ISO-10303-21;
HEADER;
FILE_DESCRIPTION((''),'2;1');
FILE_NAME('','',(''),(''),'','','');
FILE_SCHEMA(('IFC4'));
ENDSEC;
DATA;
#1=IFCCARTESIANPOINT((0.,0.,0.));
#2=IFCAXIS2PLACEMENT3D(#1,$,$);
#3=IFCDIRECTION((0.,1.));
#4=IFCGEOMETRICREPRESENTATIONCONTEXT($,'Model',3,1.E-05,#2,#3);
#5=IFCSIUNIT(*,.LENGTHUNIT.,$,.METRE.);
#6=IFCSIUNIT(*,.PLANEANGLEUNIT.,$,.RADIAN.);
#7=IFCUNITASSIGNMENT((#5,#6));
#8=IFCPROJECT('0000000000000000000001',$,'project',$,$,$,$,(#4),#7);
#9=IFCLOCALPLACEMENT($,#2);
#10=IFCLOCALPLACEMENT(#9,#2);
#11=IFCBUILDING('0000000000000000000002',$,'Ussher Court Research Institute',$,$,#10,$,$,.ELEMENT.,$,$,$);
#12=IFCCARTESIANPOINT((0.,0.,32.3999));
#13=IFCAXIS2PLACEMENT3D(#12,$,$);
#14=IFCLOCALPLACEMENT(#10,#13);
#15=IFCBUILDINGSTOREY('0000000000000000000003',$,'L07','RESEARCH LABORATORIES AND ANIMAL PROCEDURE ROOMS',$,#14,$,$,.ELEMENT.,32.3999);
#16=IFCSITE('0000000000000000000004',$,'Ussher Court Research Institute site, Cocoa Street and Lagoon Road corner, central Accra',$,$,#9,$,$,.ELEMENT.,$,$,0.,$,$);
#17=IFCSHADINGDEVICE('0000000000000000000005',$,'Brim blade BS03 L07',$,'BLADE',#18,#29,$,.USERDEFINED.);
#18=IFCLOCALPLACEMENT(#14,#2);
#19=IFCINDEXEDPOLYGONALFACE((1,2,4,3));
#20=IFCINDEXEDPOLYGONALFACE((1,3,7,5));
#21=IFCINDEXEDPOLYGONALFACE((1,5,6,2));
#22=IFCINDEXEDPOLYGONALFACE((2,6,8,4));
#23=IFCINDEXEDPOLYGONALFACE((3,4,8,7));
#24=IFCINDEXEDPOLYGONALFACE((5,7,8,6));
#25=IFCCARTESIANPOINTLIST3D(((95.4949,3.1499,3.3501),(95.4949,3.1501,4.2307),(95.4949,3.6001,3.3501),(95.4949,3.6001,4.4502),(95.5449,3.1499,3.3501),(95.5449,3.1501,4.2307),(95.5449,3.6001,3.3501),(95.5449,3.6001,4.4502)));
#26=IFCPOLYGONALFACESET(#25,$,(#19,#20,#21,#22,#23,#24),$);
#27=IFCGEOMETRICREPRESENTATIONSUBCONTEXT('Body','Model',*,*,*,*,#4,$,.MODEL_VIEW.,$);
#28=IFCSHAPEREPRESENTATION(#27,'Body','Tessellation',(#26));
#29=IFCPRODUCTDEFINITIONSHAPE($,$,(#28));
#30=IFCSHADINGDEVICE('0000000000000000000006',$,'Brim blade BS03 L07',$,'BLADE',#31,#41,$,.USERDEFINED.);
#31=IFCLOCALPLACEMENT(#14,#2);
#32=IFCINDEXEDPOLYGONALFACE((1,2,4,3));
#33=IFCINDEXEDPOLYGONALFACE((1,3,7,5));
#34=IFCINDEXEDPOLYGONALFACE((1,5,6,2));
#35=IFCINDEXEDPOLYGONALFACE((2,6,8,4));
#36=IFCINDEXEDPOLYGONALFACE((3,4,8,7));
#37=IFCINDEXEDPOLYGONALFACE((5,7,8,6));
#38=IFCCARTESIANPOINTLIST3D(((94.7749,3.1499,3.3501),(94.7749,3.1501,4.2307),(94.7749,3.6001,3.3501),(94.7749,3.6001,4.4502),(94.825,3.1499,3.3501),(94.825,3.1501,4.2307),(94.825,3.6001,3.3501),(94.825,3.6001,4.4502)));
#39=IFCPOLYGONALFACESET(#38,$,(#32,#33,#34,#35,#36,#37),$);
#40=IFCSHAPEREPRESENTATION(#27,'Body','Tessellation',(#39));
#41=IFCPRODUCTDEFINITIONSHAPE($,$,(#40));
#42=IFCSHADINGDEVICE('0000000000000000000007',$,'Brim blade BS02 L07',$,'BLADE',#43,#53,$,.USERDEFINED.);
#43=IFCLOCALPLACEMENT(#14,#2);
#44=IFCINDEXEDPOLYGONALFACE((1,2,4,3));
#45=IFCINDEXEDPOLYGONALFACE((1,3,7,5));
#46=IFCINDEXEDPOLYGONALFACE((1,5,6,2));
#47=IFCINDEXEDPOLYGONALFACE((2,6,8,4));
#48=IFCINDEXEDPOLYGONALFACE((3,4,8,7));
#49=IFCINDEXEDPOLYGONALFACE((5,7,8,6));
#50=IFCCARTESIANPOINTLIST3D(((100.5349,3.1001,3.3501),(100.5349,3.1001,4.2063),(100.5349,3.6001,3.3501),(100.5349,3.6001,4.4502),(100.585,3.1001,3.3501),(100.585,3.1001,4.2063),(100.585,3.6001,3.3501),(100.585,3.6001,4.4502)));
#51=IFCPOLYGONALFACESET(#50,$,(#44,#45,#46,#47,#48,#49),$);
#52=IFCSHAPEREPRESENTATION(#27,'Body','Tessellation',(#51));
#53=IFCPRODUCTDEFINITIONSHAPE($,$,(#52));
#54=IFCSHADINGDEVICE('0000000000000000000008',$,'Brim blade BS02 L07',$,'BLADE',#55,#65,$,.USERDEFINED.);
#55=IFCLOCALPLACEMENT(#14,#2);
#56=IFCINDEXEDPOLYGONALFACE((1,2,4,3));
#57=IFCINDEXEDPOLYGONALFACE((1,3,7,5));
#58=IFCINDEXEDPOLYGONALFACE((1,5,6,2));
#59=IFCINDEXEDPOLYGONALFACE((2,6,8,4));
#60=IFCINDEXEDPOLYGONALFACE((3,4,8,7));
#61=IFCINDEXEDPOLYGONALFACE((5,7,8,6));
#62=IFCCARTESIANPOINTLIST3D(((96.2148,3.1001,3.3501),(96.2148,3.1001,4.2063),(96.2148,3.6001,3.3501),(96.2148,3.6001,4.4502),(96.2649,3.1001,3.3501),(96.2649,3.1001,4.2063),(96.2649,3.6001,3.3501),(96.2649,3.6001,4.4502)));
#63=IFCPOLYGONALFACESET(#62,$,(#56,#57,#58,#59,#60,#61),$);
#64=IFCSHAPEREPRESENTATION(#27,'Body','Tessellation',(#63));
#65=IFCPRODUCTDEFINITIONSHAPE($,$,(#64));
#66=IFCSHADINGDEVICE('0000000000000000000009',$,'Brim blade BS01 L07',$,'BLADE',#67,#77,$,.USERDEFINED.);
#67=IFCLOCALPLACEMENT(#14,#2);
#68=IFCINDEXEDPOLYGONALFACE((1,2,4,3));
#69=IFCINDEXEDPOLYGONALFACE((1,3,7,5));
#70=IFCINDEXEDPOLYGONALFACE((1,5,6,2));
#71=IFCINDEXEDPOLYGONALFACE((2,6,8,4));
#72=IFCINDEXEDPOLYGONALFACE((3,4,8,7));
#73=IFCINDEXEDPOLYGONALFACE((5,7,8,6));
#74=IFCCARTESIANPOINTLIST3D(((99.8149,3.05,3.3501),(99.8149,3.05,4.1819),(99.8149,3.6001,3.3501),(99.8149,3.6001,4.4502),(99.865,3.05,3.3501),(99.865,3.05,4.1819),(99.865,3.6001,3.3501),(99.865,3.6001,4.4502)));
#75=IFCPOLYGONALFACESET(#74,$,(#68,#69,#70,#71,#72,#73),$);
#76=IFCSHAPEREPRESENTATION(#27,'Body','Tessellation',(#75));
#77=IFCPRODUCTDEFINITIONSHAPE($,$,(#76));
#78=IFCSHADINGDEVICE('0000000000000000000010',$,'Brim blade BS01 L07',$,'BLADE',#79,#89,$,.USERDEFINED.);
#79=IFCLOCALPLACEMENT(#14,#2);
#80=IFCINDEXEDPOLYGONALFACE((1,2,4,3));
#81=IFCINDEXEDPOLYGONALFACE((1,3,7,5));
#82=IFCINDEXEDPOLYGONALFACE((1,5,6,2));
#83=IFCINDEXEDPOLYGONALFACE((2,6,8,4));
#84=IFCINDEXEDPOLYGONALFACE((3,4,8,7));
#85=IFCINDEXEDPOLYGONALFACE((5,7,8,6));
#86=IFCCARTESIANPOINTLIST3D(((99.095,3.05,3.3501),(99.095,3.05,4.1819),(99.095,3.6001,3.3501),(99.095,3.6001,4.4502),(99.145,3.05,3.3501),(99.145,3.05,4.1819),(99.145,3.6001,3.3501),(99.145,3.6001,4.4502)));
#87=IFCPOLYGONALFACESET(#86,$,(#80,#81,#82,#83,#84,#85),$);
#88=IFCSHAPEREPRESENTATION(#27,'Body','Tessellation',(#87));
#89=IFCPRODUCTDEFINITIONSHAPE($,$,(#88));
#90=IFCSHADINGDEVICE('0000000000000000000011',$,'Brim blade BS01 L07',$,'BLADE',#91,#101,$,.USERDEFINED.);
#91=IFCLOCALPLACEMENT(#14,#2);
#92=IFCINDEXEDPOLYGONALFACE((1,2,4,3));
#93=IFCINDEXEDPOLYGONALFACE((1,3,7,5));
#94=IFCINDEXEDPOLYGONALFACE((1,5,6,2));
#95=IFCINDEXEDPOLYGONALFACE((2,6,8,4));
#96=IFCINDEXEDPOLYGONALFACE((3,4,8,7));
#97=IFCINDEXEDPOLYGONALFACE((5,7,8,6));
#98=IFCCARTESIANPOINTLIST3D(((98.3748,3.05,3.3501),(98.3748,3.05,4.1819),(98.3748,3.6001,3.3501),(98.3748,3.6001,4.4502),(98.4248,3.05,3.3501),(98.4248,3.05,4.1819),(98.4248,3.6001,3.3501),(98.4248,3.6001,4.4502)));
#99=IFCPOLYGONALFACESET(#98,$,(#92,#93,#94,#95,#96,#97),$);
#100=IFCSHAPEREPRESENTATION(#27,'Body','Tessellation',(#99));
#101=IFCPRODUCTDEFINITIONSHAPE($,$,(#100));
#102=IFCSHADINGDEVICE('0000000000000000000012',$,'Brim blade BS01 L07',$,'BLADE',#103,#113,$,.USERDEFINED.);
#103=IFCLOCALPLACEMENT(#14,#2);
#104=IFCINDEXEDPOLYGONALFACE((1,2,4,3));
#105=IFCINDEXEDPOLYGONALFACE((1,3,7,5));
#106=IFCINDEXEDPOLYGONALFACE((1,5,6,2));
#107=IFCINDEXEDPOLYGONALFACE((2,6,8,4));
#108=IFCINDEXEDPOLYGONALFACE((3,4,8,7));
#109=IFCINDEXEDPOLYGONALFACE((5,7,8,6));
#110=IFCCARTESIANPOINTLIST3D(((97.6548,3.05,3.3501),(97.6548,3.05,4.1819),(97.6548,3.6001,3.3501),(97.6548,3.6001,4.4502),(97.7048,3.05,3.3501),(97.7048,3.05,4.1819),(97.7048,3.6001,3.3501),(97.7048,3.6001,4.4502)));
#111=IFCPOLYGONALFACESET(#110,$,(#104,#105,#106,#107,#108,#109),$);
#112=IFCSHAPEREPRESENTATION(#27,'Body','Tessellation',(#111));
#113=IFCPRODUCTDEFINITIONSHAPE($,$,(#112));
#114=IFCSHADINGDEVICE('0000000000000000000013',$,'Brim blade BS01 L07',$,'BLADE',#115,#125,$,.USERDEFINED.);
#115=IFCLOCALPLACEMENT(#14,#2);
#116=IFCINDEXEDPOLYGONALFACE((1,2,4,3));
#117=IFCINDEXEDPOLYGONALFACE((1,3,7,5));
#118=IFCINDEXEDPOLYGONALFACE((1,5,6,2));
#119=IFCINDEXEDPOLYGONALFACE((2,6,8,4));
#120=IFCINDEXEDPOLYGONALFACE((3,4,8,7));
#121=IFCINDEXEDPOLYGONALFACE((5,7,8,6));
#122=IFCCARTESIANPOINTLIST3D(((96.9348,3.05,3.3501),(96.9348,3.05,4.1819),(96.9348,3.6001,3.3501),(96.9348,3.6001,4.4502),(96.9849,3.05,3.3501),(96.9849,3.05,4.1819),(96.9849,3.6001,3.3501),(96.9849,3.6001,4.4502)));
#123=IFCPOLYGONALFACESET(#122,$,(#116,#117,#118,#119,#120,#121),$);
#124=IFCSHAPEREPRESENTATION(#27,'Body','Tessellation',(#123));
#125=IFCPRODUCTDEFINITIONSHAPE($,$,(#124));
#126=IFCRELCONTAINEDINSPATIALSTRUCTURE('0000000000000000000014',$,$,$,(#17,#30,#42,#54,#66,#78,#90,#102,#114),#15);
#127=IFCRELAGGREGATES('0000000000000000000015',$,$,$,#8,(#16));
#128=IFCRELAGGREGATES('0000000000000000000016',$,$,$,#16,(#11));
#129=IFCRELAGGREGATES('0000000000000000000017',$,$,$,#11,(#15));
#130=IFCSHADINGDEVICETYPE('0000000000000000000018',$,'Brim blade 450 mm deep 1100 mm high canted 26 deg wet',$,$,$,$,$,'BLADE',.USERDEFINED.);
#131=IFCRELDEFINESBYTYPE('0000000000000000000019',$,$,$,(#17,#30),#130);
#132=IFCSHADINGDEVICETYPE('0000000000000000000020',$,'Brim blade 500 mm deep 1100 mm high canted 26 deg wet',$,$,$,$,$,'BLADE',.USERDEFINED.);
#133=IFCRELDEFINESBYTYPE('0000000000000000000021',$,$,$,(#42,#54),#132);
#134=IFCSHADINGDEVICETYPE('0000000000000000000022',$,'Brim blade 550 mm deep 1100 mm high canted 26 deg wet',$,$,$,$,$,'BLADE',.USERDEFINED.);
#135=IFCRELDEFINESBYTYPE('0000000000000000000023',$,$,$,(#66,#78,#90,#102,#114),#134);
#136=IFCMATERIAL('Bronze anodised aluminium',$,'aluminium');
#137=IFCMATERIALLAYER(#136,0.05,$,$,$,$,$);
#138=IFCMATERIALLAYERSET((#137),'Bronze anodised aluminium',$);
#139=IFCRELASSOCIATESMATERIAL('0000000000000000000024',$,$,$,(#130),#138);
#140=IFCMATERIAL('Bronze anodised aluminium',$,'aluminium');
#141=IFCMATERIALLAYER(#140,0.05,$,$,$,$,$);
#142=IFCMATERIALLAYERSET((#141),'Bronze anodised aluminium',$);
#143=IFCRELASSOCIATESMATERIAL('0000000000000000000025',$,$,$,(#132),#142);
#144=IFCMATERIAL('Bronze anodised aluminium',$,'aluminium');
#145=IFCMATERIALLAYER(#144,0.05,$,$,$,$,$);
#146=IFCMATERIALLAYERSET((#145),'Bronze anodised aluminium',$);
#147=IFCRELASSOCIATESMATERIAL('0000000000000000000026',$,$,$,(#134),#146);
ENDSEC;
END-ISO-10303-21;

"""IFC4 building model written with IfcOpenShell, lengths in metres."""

from ifc_helpers import new_model, si_unit, direction, frame, origin, place, context, subcontext, project, spatial, polyline, outline, extrude, material, layer, layer_set, type_object, element, save


model = new_model("IFC4")

# Units and contexts
model_context = context("Model", 3, precision=1e-05, world=origin(), true_north=direction((0.0, 1.0)))
body_context = subcontext(model_context, "Body", "Model", "MODEL_VIEW")
ifc_project = project(units=[si_unit("LENGTHUNIT", "METRE"), si_unit("PLANEANGLEUNIT", "RADIAN")], contexts=[model_context])

# Site, building, storey
site_placement = place(None, origin())
site = spatial("IfcSite", under=ifc_project, at=site_placement, Name="Ussher Court Research Institute site, Cocoa Street and Lagoon Road corner, central Accra", CompositionType="ELEMENT", RefElevation=0.0)
building_placement = place(site_placement, origin())
building = spatial("IfcBuilding", under=site, at=building_placement, Name="Ussher Court Research Institute", CompositionType="ELEMENT")
storey_placement = place(building_placement, frame((0.0, 0.0, 32.3999)))
storey = spatial("IfcBuildingStorey", under=building, at=storey_placement, Name="L07", Description="RESEARCH LABORATORIES AND ANIMAL PROCEDURE ROOMS", CompositionType="ELEMENT", Elevation=32.3999)

# Shading devices
ifc_material_1 = material(Name="Bronze anodised aluminium", Category="aluminium")
ifc_layer_1 = layer(ifc_material_1, 0.05)
ifc_layer_set_1 = layer_set([ifc_layer_1], Name="Bronze anodised aluminium")
shading_device_type_1 = type_object("IfcShadingDeviceType", Name="Brim blade 450 mm deep 1100 mm high canted 26 deg wet", ElementType="BLADE", PredefinedType="USERDEFINED", material=ifc_layer_set_1)
for number, where, z_axis, x_axis, name in (
    (1, (95.52, 3.6001, 3.3501), (0.0, 0.0, 1.0), (0.0, -1.0, 0.0), "Brim blade BS03 L07"),
    (2, (94.8, 3.6001, 3.3501), (0.0, 0.0, 1.0), (0.0, -1.0, 0.0), "Brim blade BS03 L07"),
):
    element("IfcShadingDevice", number, at=place(storey_placement, frame(where, z_axis=z_axis, x_axis=x_axis)), inside=storey, type_object=shading_device_type_1, Name=name, ObjectType="BLADE", PredefinedType="USERDEFINED", context=body_context, shape_type="SweptSolid", body=[
        extrude(outline(polyline([(0.0, 0.0), (0.4502, 0.0), (0.45, 0.8806), (0.0, 1.1001), (0.0, 0.0)])), frame((0.0, 0.0249, 0.0), z_axis=(0.0, -1.0, 0.0), x_axis=(1.0, 0.0, 0.0)), (0.0, 0.0, 1.0), 0.05),
    ])
ifc_material_2 = material(Name="Bronze anodised aluminium", Category="aluminium")
ifc_layer_2 = layer(ifc_material_2, 0.05)
ifc_layer_set_2 = layer_set([ifc_layer_2], Name="Bronze anodised aluminium")
shading_device_type_2 = type_object("IfcShadingDeviceType", Name="Brim blade 500 mm deep 1100 mm high canted 26 deg wet", ElementType="BLADE", PredefinedType="USERDEFINED", material=ifc_layer_set_2)
for number, where, z_axis, x_axis, name in (
    (3, (100.5601, 3.6001, 3.3501), (0.0, 0.0, 1.0), (0.0, -1.0, 0.0), "Brim blade BS02 L07"),
    (4, (96.24, 3.6001, 3.3501), (0.0, 0.0, 1.0), (0.0, -1.0, 0.0), "Brim blade BS02 L07"),
):
    element("IfcShadingDevice", number, at=place(storey_placement, frame(where, z_axis=z_axis, x_axis=x_axis)), inside=storey, type_object=shading_device_type_2, Name=name, ObjectType="BLADE", PredefinedType="USERDEFINED", context=body_context, shape_type="SweptSolid", body=[
        extrude(outline(polyline([(0.0, 0.0), (0.5, 0.0), (0.5, 0.8562), (0.0, 1.1001), (0.0, 0.0)])), frame((0.0, 0.0249, 0.0), z_axis=(0.0, -1.0, 0.0), x_axis=(1.0, 0.0, 0.0)), (0.0, 0.0, 1.0), 0.05),
    ])
ifc_material_3 = material(Name="Bronze anodised aluminium", Category="aluminium")
ifc_layer_3 = layer(ifc_material_3, 0.05)
ifc_layer_set_3 = layer_set([ifc_layer_3], Name="Bronze anodised aluminium")
shading_device_type_3 = type_object("IfcShadingDeviceType", Name="Brim blade 550 mm deep 1100 mm high canted 26 deg wet", ElementType="BLADE", PredefinedType="USERDEFINED", material=ifc_layer_set_3)
for number, where, z_axis, x_axis, name in (
    (5, (99.8401, 3.6001, 3.3501), (0.0, 0.0, 1.0), (0.0, -1.0, 0.0), "Brim blade BS01 L07"),
    (6, (99.1201, 3.6001, 3.3501), (0.0, 0.0, 1.0), (0.0, -1.0, 0.0), "Brim blade BS01 L07"),
    (7, (98.3999, 3.6001, 3.3501), (0.0, 0.0, 1.0), (0.0, -1.0, 0.0), "Brim blade BS01 L07"),
    (8, (97.6799, 3.6001, 3.3501), (0.0, 0.0, 1.0), (0.0, -1.0, 0.0), "Brim blade BS01 L07"),
    (9, (96.96, 3.6001, 3.3501), (0.0, 0.0, 1.0), (0.0, -1.0, 0.0), "Brim blade BS01 L07"),
):
    element("IfcShadingDevice", number, at=place(storey_placement, frame(where, z_axis=z_axis, x_axis=x_axis)), inside=storey, type_object=shading_device_type_3, Name=name, ObjectType="BLADE", PredefinedType="USERDEFINED", context=body_context, shape_type="SweptSolid", body=[
        extrude(outline(polyline([(0.0, 0.0), (0.55, 0.0), (0.55, 0.8318), (0.0, 1.1001), (0.0, 0.0)])), frame((0.0, 0.0249, 0.0), z_axis=(0.0, -1.0, 0.0), x_axis=(1.0, 0.0, 0.0)), (0.0, 0.0, 1.0), 0.05),
    ])

save(model, "model.ifc")
